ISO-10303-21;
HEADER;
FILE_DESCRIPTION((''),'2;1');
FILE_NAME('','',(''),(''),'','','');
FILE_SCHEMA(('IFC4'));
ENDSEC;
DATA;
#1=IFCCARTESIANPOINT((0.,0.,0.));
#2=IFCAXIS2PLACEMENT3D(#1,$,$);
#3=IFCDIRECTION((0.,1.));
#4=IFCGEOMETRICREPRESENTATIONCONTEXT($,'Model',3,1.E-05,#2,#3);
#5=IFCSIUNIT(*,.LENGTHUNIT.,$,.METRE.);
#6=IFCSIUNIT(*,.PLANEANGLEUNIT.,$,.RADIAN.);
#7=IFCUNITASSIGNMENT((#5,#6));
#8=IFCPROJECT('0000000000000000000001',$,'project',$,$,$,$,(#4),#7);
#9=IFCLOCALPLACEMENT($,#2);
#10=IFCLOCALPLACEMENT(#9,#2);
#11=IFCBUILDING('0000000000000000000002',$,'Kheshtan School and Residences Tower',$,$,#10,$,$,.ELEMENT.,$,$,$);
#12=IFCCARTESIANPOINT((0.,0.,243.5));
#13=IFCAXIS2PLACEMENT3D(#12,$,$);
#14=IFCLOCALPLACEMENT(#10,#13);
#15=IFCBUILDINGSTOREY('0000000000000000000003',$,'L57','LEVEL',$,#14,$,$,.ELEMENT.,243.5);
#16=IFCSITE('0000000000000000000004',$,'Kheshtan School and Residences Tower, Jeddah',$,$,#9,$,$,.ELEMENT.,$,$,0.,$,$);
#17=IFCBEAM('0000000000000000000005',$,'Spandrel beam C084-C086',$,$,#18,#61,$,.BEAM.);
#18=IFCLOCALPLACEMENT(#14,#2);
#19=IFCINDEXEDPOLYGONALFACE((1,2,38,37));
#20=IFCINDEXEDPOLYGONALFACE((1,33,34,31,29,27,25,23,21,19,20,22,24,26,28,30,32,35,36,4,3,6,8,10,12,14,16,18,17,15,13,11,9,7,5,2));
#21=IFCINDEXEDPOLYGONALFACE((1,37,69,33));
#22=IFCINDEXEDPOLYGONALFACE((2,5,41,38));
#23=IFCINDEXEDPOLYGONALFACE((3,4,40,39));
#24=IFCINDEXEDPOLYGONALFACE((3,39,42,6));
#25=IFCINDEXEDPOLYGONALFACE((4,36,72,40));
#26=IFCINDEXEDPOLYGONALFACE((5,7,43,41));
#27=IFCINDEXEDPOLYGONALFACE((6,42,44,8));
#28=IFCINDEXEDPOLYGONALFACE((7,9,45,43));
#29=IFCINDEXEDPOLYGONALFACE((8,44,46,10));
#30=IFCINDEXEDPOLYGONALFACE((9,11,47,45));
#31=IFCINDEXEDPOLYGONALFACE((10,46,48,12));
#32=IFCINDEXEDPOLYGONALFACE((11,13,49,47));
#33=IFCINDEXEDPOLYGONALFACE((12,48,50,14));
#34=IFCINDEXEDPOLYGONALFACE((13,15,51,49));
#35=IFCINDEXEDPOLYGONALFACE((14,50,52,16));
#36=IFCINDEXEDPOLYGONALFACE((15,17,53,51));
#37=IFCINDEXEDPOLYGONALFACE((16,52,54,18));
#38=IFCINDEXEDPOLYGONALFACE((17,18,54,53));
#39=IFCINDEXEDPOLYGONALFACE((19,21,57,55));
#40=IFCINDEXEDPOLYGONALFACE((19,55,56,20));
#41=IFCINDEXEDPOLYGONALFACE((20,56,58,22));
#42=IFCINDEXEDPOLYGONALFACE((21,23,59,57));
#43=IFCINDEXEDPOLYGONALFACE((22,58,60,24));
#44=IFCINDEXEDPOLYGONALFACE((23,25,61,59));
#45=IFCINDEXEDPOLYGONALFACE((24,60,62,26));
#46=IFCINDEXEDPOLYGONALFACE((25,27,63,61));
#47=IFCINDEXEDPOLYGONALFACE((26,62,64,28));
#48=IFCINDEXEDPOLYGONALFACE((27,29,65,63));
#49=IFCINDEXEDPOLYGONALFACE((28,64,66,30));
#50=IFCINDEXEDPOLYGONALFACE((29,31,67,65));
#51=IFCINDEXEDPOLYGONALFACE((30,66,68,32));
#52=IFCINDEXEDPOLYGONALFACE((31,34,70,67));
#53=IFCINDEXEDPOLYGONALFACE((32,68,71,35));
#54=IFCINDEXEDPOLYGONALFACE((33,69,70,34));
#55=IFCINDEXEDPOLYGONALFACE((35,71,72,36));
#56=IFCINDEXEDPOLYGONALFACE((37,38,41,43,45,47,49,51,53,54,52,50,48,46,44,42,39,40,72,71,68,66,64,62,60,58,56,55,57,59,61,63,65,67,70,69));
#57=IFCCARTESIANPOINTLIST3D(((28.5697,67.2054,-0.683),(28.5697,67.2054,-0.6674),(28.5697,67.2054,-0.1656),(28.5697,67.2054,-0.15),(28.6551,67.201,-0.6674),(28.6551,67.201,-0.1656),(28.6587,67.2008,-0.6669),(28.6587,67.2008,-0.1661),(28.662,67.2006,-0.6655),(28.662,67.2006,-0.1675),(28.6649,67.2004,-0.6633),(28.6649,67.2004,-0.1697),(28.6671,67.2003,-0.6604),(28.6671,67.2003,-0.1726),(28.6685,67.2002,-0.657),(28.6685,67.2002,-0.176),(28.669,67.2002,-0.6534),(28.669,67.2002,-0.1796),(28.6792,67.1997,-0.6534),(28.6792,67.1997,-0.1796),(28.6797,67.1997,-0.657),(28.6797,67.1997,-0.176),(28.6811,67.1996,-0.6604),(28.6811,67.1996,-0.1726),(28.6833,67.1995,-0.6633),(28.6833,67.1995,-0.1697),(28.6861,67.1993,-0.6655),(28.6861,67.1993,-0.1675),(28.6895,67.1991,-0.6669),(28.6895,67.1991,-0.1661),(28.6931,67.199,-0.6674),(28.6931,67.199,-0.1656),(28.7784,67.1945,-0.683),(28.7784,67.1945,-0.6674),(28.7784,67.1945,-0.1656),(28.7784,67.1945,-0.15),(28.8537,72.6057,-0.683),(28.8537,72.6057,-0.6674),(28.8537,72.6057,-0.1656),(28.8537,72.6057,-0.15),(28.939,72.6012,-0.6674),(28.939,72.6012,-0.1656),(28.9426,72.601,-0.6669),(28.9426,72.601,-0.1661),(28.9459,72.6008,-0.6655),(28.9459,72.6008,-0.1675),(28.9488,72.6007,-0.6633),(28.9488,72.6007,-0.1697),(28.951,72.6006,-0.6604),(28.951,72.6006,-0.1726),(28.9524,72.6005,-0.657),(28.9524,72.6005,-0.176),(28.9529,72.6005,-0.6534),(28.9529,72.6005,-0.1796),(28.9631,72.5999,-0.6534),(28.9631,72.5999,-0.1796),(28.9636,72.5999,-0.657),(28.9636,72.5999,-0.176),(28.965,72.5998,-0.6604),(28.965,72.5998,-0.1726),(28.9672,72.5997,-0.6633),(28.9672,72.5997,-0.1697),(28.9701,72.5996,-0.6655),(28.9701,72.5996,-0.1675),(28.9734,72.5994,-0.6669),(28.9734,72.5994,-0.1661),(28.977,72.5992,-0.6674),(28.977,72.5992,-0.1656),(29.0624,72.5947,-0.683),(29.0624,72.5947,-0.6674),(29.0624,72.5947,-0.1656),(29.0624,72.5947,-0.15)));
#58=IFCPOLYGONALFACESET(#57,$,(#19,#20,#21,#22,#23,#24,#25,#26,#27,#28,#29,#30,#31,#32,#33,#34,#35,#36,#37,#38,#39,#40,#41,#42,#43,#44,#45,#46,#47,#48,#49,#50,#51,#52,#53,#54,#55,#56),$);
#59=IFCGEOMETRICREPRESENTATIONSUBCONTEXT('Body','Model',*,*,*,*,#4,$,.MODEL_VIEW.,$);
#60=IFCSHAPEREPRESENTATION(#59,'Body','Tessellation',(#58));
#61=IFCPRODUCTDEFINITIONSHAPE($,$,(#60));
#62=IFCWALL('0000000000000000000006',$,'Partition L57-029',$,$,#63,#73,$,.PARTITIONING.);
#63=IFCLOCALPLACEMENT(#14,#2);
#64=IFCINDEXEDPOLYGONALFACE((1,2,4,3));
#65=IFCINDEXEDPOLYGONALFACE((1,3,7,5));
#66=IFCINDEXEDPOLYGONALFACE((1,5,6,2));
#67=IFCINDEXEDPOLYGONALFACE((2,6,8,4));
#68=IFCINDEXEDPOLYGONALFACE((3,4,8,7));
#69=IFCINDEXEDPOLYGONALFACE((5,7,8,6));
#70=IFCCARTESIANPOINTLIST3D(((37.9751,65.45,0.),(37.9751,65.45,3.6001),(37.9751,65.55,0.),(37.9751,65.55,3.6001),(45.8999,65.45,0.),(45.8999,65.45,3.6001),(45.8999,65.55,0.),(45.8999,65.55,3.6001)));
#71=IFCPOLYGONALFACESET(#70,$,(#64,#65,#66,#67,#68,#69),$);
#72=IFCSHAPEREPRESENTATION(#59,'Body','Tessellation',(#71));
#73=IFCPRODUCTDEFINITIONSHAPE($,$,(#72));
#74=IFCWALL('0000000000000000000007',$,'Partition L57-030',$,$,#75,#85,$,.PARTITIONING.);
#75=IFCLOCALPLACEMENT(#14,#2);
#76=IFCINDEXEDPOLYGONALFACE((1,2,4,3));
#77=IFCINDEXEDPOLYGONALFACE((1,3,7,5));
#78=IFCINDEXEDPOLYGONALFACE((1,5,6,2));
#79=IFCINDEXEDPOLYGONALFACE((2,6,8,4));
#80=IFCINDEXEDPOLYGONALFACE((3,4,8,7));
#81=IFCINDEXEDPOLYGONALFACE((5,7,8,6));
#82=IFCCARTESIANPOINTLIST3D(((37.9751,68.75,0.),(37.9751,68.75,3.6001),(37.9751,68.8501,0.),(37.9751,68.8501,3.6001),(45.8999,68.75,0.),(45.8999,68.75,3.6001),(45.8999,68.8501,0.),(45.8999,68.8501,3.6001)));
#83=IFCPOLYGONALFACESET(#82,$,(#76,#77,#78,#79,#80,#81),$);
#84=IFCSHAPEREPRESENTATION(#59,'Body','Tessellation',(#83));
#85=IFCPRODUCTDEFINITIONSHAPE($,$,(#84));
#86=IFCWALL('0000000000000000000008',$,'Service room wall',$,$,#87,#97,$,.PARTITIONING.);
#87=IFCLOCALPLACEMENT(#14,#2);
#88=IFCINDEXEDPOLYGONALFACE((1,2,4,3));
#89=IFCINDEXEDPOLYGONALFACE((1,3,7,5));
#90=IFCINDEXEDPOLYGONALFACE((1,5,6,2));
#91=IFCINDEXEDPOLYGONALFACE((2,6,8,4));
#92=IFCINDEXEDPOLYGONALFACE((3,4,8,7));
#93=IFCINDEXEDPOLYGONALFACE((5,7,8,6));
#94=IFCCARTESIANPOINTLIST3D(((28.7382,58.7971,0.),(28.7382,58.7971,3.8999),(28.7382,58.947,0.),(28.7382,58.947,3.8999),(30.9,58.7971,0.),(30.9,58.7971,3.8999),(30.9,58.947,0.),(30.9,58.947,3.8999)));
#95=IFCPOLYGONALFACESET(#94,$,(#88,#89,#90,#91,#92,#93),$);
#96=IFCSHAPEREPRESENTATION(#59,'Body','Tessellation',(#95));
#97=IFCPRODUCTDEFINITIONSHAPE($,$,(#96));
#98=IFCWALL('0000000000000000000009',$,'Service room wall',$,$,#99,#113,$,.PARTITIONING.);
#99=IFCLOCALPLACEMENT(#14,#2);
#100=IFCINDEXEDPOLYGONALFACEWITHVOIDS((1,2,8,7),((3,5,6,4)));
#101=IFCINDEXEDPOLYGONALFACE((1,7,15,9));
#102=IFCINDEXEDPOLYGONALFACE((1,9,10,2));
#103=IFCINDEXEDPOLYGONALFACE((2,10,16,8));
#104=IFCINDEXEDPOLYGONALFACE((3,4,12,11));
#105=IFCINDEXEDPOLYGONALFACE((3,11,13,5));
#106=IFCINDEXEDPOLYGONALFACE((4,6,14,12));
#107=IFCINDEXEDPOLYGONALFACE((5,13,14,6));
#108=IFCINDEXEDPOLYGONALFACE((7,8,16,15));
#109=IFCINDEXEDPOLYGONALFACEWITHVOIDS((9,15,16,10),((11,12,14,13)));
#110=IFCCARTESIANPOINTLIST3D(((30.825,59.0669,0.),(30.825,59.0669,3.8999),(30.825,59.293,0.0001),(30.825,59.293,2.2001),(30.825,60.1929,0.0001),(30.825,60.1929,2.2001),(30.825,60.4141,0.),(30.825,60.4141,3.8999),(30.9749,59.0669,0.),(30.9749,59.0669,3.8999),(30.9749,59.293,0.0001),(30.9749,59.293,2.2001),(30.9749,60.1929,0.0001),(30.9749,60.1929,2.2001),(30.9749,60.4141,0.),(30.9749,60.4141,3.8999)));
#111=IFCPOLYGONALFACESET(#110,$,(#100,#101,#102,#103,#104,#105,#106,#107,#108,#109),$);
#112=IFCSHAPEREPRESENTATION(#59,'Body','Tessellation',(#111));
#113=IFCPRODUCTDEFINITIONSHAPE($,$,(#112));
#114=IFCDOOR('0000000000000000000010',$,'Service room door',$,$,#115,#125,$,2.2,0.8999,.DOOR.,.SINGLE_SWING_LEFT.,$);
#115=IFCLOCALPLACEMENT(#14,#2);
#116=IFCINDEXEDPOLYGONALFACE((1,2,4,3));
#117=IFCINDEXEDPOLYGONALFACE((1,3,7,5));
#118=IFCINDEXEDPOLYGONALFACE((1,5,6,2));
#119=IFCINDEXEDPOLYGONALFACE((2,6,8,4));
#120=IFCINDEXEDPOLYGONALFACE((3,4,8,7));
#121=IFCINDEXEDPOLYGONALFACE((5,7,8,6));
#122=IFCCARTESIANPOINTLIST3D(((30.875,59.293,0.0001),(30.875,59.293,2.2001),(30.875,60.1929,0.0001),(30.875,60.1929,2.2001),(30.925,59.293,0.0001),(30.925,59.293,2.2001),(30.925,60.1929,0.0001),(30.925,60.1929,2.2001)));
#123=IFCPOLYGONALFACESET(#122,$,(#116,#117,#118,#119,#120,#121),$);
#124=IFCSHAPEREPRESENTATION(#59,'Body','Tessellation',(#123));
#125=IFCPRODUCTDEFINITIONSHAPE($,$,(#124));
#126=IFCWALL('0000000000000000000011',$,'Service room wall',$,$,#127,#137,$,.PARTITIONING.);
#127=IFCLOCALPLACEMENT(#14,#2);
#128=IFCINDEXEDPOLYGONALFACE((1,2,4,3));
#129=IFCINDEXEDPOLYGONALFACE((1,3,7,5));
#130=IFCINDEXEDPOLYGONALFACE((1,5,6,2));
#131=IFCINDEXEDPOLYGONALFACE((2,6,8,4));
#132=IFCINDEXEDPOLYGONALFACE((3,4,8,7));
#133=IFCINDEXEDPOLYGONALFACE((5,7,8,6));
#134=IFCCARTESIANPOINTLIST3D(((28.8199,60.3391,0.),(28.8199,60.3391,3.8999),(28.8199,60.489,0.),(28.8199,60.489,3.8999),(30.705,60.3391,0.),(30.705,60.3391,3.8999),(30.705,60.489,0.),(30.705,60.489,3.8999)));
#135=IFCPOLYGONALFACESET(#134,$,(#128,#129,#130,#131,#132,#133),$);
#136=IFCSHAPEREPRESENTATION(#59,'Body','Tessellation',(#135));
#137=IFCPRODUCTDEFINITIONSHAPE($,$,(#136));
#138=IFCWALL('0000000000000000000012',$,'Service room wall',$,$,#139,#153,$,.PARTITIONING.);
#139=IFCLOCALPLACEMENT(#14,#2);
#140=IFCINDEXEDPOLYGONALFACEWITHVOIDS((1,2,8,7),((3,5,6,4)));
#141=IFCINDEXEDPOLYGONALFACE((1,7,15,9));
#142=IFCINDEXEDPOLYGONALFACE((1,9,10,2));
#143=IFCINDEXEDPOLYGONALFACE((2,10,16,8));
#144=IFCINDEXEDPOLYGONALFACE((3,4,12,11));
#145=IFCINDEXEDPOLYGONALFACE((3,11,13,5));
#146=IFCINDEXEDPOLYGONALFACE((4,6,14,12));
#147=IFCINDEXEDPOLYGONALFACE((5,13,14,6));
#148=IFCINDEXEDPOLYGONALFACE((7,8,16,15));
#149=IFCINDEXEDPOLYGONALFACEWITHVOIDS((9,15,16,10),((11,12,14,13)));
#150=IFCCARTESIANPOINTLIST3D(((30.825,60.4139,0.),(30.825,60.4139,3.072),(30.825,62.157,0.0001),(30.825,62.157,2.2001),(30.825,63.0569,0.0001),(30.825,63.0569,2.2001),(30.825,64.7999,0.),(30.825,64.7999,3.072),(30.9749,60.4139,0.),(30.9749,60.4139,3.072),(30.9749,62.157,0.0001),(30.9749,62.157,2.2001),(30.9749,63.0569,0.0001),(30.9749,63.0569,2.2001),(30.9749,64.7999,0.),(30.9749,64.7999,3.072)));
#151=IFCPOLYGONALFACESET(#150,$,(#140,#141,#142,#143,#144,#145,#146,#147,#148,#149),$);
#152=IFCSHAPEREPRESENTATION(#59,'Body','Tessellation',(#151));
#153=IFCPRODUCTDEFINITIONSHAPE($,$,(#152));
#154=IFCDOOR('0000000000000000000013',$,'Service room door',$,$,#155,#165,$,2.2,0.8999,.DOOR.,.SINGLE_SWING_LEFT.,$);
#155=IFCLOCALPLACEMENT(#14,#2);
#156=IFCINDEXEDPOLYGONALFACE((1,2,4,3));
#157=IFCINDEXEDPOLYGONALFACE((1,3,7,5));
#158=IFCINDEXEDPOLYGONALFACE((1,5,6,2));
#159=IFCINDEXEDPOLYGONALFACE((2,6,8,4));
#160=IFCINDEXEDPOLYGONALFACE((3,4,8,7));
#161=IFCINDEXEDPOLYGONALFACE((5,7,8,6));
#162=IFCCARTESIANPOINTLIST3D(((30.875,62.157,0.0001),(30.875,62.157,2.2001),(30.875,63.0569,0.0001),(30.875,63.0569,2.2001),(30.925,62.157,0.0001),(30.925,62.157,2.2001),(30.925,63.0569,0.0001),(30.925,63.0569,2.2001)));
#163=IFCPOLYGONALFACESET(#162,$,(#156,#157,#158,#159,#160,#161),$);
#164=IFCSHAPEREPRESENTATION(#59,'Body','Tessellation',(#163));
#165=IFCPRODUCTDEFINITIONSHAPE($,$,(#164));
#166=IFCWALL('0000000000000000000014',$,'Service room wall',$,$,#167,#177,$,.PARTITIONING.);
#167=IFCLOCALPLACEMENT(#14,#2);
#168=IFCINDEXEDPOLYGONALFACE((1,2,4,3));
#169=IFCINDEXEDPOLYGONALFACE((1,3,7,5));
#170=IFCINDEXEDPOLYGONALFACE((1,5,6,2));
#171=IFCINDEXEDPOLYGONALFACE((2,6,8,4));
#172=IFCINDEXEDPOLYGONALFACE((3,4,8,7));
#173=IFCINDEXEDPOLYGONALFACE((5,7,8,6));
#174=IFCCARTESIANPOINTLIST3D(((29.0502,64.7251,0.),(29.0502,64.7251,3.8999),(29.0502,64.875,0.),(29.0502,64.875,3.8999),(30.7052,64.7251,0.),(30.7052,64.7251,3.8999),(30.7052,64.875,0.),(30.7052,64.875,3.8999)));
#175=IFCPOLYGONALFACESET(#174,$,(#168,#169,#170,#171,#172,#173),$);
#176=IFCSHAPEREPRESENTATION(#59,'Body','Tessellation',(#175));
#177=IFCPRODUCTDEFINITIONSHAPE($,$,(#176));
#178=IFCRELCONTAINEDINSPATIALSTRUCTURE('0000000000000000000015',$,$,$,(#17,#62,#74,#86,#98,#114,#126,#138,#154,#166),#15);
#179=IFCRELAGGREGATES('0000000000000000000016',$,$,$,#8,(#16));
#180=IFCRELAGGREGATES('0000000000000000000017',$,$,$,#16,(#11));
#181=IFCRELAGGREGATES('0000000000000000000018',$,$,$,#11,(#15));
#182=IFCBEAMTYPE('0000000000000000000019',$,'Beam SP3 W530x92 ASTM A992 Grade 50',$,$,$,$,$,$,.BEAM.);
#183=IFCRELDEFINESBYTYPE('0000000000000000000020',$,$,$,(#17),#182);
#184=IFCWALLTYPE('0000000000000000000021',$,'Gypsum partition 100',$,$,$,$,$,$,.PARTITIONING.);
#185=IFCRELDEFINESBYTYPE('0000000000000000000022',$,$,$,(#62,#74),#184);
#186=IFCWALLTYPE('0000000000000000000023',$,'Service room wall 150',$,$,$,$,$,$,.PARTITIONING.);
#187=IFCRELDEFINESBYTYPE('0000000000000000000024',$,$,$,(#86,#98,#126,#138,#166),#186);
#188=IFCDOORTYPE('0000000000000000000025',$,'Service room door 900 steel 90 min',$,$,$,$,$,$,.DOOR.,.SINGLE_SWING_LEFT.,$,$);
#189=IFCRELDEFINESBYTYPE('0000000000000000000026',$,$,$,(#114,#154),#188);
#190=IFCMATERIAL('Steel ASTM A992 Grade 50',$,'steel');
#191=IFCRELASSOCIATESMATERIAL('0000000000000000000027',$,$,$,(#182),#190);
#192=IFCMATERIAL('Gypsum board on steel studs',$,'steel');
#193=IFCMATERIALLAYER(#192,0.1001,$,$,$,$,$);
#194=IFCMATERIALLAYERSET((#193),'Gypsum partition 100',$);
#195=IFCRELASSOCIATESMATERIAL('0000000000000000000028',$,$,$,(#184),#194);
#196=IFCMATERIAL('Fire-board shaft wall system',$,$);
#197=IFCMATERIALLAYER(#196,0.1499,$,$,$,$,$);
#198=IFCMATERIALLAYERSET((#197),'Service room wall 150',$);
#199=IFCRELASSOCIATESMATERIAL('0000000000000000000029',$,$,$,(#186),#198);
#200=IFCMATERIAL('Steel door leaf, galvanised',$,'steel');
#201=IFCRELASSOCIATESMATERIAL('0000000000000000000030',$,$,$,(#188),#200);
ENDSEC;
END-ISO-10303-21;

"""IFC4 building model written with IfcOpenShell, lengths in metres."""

from ifc_helpers import new_model, si_unit, direction, frame, frame_2d, origin, origin_2d, place, context, subcontext, project, spatial, rectangle, i_section, extrude, source, transform, mapped, material, layer, layer_set, material_profile, profile_set, type_object, element, fill, save


model = new_model("IFC4")

# Units and contexts
model_context = context("Model", 3, precision=1e-05, world=origin(), true_north=direction((0.0, 1.0)))
body_context = subcontext(model_context, "Body", "Model", "MODEL_VIEW")
ifc_project = project(units=[si_unit("LENGTHUNIT", "METRE"), si_unit("PLANEANGLEUNIT", "RADIAN")], contexts=[model_context])

# Site, building, storey
site_placement = place(None, origin())
site = spatial("IfcSite", under=ifc_project, at=site_placement, Name="Kheshtan School and Residences Tower, Jeddah", CompositionType="ELEMENT", RefElevation=0.0)
building_placement = place(site_placement, origin())
building = spatial("IfcBuilding", under=site, at=building_placement, Name="Kheshtan School and Residences Tower", CompositionType="ELEMENT")
storey_placement = place(building_placement, frame((0.0, 0.0, 243.5)))
storey = spatial("IfcBuildingStorey", under=building, at=storey_placement, Name="L57", Description="LEVEL", CompositionType="ELEMENT", Elevation=243.5)

# Shared definitions
ifc_material_1 = material(Name="Steel ASTM A992 Grade 50", Category="steel")

# Beam
ifc_material_profile_1 = material_profile(ifc_material_1, i_section(OverallWidth=0.209, OverallDepth=0.533, WebThickness=0.0103, FlangeThickness=0.0156, FilletRadius=0.0139, at=origin_2d()), Name="W530x92")
ifc_profile_set_1 = profile_set([ifc_material_profile_1], Name="Steel ASTM A992 Grade 50")
beam_type_1 = type_object("IfcBeamType", Name="Beam SP3 W530x92 ASTM A992 Grade 50", PredefinedType="BEAM", material=ifc_profile_set_1)
beam_1_placement = place(storey_placement, frame((28.6741, 67.2, -0.4165), z_axis=(0.052507, 0.998621, 0.0), x_axis=(-0.998621, 0.052507, 0.0)))
element("IfcBeam", 1, at=beam_1_placement, inside=storey, type_object=beam_type_1, Name="Spandrel beam C084-C086", PredefinedType="BEAM", context=body_context, shape_type="SweptSolid", body=[
    extrude(i_section(OverallWidth=0.209, OverallDepth=0.533, WebThickness=0.0103, FlangeThickness=0.0156, FilletRadius=0.0139, at=origin_2d()), origin(), (0.0, 0.0, 1.0), 5.4077),
])

# Walls
ifc_material_2 = material(Name="Gypsum board on steel studs", Category="steel")
ifc_layer_1 = layer(ifc_material_2, 0.1001)
ifc_layer_set_1 = layer_set([ifc_layer_1], Name="Gypsum partition 100")
wall_type_1 = type_object("IfcWallType", Name="Gypsum partition 100", PredefinedType="PARTITIONING", material=ifc_layer_set_1)
for number, where, z_axis, x_axis, name in (
    (2, (37.9751, 65.5, 0.0), (0.0, 0.0, 1.0), (1.0, 0.0, 0.0), "Partition L57-029"),
    (3, (37.9751, 68.8, 0.0), (0.0, 0.0, 1.0), (1.0, 0.0, 0.0), "Partition L57-030"),
):
    element("IfcWall", number, at=place(storey_placement, frame(where, z_axis=z_axis, x_axis=x_axis)), inside=storey, type_object=wall_type_1, Name=name, PredefinedType="PARTITIONING", context=body_context, shape_type="SweptSolid", body=[
        extrude(rectangle(XDim=7.9248, YDim=0.1001, at=frame_2d((3.9624, 0.0))), origin(), (0.0, 0.0, 1.0), 3.6001),
    ])
ifc_material_3 = material(Name="Fire-board shaft wall system")
ifc_layer_2 = layer(ifc_material_3, 0.1499)
ifc_layer_set_2 = layer_set([ifc_layer_2], Name="Service room wall 150")
wall_type_2 = type_object("IfcWallType", Name="Service room wall 150", PredefinedType="PARTITIONING", material=ifc_layer_set_2)
wall_1_placement = place(storey_placement, frame((28.738, 58.8721, 0.0), z_axis=(0.0, 0.0, 1.0), x_axis=(1.0, 0.0, 0.0)))
element("IfcWall", 4, at=wall_1_placement, inside=storey, type_object=wall_type_2, Name="Service room wall", PredefinedType="PARTITIONING", context=body_context, shape_type="SweptSolid", body=[
    extrude(rectangle(XDim=2.1619, YDim=0.1499, at=frame_2d((1.0811, 0.0))), origin(), (0.0, 0.0, 1.0), 3.8999),
])

# Wall, opening, door
wall_2_placement = place(storey_placement, frame((30.8999, 59.0669, 0.0), z_axis=(0.0, 0.0, 1.0), x_axis=(0.0, 1.0, 0.0)))
wall_2 = element("IfcWall", 5, at=wall_2_placement, inside=storey, type_object=wall_type_2, Name="Service room wall", PredefinedType="PARTITIONING", context=body_context, shape_type="SweptSolid", body=[
    extrude(rectangle(XDim=1.3472, YDim=0.1499, at=frame_2d((0.6736, 0.0))), origin(), (0.0, 0.0, 1.0), 3.8999),
])
opening_1_placement = place(wall_2_placement, frame((0.2261, 0.0, 0.0)))
opening_1 = element("IfcOpeningElement", 6, at=opening_1_placement, cuts=wall_2, PredefinedType="OPENING", context=body_context, shape_type="SweptSolid", body=[
    extrude(rectangle(XDim=0.8999, YDim=2.2, at=frame_2d((0.45, 1.1001))), frame((0.0, 0.085, 0.0), z_axis=(0.0, -1.0, 0.0), x_axis=(1.0, 0.0, 0.0)), (0.0, 0.0, 1.0), 0.1699),
])
ifc_material_4 = material(Name="Steel door leaf, galvanised", Category="steel")
door_type_1 = type_object("IfcDoorType", Name="Service room door 900 steel 90 min", OperationType="SINGLE_SWING_LEFT", PredefinedType="DOOR", material=ifc_material_4)
shared_shape_1 = source(origin(), body_context, "Body", "SweptSolid", [
    extrude(rectangle(XDim=0.8999, YDim=2.2, at=frame_2d((0.45, 1.1001))), frame((0.0, 0.0249, 0.0), z_axis=(0.0, -1.0, 0.0), x_axis=(1.0, 0.0, 0.0)), (0.0, 0.0, 1.0), 0.05),
])
door_1_placement = place(opening_1_placement, origin())
door_1 = element("IfcDoor", 7, at=door_1_placement, inside=storey, type_object=door_type_1, Name="Service room door", OperationType="SINGLE_SWING_LEFT", OverallHeight=2.2, OverallWidth=0.8999, PredefinedType="DOOR", context=body_context, shape_type="MappedRepresentation", body=[
    mapped(shared_shape_1, transform((0.0, 0.0, 0.0), x_axis=(1.0, 0.0, 0.0), y_axis=(0.0, 1.0, 0.0), z_axis=(0.0, 0.0, 1.0), scale=1.0)),
])
fill(opening_1, door_1)

# Wall
wall_3_placement = place(storey_placement, frame((28.8201, 60.4141, 0.0), z_axis=(0.0, 0.0, 1.0), x_axis=(1.0, 0.0, 0.0)))
element("IfcWall", 8, at=wall_3_placement, inside=storey, type_object=wall_type_2, Name="Service room wall", PredefinedType="PARTITIONING", context=body_context, shape_type="SweptSolid", body=[
    extrude(rectangle(XDim=1.885, YDim=0.1499, at=frame_2d((0.9424, 0.0))), origin(), (0.0, 0.0, 1.0), 3.8999),
])

# Wall, opening, door
wall_4_placement = place(storey_placement, frame((30.8999, 60.4141, 0.0), z_axis=(0.0, 0.0, 1.0), x_axis=(0.0, 1.0, 0.0)))
wall_4 = element("IfcWall", 9, at=wall_4_placement, inside=storey, type_object=wall_type_2, Name="Service room wall", PredefinedType="PARTITIONING", context=body_context, shape_type="SweptSolid", body=[
    extrude(rectangle(XDim=4.386, YDim=0.1499, at=frame_2d((2.1929, 0.0))), origin(), (0.0, 0.0, 1.0), 3.072),
])
opening_2_placement = place(wall_4_placement, frame((1.7429, 0.0, 0.0)))
opening_2 = element("IfcOpeningElement", 10, at=opening_2_placement, cuts=wall_4, PredefinedType="OPENING", context=body_context, shape_type="SweptSolid", body=[
    extrude(rectangle(XDim=0.8999, YDim=2.2, at=frame_2d((0.45, 1.1001))), frame((0.0, 0.085, 0.0), z_axis=(0.0, -1.0, 0.0), x_axis=(1.0, 0.0, 0.0)), (0.0, 0.0, 1.0), 0.1699),
])
door_2_placement = place(opening_2_placement, origin())
door_2 = element("IfcDoor", 11, at=door_2_placement, inside=storey, type_object=door_type_1, Name="Service room door", OperationType="SINGLE_SWING_LEFT", OverallHeight=2.2, OverallWidth=0.8999, PredefinedType="DOOR", context=body_context, shape_type="MappedRepresentation", body=[
    mapped(shared_shape_1, transform((0.0, 0.0, 0.0), x_axis=(1.0, 0.0, 0.0), y_axis=(0.0, 1.0, 0.0), z_axis=(0.0, 0.0, 1.0), scale=1.0)),
])
fill(opening_2, door_2)

# Wall
wall_5_placement = place(storey_placement, frame((29.05, 64.8, 0.0), z_axis=(0.0, 0.0, 1.0), x_axis=(1.0, 0.0, 0.0)))
element("IfcWall", 12, at=wall_5_placement, inside=storey, type_object=wall_type_2, Name="Service room wall", PredefinedType="PARTITIONING", context=body_context, shape_type="SweptSolid", body=[
    extrude(rectangle(XDim=1.655, YDim=0.1499, at=frame_2d((0.8276, 0.0))), origin(), (0.0, 0.0, 1.0), 3.8999),
])

save(model, "model.ifc")
